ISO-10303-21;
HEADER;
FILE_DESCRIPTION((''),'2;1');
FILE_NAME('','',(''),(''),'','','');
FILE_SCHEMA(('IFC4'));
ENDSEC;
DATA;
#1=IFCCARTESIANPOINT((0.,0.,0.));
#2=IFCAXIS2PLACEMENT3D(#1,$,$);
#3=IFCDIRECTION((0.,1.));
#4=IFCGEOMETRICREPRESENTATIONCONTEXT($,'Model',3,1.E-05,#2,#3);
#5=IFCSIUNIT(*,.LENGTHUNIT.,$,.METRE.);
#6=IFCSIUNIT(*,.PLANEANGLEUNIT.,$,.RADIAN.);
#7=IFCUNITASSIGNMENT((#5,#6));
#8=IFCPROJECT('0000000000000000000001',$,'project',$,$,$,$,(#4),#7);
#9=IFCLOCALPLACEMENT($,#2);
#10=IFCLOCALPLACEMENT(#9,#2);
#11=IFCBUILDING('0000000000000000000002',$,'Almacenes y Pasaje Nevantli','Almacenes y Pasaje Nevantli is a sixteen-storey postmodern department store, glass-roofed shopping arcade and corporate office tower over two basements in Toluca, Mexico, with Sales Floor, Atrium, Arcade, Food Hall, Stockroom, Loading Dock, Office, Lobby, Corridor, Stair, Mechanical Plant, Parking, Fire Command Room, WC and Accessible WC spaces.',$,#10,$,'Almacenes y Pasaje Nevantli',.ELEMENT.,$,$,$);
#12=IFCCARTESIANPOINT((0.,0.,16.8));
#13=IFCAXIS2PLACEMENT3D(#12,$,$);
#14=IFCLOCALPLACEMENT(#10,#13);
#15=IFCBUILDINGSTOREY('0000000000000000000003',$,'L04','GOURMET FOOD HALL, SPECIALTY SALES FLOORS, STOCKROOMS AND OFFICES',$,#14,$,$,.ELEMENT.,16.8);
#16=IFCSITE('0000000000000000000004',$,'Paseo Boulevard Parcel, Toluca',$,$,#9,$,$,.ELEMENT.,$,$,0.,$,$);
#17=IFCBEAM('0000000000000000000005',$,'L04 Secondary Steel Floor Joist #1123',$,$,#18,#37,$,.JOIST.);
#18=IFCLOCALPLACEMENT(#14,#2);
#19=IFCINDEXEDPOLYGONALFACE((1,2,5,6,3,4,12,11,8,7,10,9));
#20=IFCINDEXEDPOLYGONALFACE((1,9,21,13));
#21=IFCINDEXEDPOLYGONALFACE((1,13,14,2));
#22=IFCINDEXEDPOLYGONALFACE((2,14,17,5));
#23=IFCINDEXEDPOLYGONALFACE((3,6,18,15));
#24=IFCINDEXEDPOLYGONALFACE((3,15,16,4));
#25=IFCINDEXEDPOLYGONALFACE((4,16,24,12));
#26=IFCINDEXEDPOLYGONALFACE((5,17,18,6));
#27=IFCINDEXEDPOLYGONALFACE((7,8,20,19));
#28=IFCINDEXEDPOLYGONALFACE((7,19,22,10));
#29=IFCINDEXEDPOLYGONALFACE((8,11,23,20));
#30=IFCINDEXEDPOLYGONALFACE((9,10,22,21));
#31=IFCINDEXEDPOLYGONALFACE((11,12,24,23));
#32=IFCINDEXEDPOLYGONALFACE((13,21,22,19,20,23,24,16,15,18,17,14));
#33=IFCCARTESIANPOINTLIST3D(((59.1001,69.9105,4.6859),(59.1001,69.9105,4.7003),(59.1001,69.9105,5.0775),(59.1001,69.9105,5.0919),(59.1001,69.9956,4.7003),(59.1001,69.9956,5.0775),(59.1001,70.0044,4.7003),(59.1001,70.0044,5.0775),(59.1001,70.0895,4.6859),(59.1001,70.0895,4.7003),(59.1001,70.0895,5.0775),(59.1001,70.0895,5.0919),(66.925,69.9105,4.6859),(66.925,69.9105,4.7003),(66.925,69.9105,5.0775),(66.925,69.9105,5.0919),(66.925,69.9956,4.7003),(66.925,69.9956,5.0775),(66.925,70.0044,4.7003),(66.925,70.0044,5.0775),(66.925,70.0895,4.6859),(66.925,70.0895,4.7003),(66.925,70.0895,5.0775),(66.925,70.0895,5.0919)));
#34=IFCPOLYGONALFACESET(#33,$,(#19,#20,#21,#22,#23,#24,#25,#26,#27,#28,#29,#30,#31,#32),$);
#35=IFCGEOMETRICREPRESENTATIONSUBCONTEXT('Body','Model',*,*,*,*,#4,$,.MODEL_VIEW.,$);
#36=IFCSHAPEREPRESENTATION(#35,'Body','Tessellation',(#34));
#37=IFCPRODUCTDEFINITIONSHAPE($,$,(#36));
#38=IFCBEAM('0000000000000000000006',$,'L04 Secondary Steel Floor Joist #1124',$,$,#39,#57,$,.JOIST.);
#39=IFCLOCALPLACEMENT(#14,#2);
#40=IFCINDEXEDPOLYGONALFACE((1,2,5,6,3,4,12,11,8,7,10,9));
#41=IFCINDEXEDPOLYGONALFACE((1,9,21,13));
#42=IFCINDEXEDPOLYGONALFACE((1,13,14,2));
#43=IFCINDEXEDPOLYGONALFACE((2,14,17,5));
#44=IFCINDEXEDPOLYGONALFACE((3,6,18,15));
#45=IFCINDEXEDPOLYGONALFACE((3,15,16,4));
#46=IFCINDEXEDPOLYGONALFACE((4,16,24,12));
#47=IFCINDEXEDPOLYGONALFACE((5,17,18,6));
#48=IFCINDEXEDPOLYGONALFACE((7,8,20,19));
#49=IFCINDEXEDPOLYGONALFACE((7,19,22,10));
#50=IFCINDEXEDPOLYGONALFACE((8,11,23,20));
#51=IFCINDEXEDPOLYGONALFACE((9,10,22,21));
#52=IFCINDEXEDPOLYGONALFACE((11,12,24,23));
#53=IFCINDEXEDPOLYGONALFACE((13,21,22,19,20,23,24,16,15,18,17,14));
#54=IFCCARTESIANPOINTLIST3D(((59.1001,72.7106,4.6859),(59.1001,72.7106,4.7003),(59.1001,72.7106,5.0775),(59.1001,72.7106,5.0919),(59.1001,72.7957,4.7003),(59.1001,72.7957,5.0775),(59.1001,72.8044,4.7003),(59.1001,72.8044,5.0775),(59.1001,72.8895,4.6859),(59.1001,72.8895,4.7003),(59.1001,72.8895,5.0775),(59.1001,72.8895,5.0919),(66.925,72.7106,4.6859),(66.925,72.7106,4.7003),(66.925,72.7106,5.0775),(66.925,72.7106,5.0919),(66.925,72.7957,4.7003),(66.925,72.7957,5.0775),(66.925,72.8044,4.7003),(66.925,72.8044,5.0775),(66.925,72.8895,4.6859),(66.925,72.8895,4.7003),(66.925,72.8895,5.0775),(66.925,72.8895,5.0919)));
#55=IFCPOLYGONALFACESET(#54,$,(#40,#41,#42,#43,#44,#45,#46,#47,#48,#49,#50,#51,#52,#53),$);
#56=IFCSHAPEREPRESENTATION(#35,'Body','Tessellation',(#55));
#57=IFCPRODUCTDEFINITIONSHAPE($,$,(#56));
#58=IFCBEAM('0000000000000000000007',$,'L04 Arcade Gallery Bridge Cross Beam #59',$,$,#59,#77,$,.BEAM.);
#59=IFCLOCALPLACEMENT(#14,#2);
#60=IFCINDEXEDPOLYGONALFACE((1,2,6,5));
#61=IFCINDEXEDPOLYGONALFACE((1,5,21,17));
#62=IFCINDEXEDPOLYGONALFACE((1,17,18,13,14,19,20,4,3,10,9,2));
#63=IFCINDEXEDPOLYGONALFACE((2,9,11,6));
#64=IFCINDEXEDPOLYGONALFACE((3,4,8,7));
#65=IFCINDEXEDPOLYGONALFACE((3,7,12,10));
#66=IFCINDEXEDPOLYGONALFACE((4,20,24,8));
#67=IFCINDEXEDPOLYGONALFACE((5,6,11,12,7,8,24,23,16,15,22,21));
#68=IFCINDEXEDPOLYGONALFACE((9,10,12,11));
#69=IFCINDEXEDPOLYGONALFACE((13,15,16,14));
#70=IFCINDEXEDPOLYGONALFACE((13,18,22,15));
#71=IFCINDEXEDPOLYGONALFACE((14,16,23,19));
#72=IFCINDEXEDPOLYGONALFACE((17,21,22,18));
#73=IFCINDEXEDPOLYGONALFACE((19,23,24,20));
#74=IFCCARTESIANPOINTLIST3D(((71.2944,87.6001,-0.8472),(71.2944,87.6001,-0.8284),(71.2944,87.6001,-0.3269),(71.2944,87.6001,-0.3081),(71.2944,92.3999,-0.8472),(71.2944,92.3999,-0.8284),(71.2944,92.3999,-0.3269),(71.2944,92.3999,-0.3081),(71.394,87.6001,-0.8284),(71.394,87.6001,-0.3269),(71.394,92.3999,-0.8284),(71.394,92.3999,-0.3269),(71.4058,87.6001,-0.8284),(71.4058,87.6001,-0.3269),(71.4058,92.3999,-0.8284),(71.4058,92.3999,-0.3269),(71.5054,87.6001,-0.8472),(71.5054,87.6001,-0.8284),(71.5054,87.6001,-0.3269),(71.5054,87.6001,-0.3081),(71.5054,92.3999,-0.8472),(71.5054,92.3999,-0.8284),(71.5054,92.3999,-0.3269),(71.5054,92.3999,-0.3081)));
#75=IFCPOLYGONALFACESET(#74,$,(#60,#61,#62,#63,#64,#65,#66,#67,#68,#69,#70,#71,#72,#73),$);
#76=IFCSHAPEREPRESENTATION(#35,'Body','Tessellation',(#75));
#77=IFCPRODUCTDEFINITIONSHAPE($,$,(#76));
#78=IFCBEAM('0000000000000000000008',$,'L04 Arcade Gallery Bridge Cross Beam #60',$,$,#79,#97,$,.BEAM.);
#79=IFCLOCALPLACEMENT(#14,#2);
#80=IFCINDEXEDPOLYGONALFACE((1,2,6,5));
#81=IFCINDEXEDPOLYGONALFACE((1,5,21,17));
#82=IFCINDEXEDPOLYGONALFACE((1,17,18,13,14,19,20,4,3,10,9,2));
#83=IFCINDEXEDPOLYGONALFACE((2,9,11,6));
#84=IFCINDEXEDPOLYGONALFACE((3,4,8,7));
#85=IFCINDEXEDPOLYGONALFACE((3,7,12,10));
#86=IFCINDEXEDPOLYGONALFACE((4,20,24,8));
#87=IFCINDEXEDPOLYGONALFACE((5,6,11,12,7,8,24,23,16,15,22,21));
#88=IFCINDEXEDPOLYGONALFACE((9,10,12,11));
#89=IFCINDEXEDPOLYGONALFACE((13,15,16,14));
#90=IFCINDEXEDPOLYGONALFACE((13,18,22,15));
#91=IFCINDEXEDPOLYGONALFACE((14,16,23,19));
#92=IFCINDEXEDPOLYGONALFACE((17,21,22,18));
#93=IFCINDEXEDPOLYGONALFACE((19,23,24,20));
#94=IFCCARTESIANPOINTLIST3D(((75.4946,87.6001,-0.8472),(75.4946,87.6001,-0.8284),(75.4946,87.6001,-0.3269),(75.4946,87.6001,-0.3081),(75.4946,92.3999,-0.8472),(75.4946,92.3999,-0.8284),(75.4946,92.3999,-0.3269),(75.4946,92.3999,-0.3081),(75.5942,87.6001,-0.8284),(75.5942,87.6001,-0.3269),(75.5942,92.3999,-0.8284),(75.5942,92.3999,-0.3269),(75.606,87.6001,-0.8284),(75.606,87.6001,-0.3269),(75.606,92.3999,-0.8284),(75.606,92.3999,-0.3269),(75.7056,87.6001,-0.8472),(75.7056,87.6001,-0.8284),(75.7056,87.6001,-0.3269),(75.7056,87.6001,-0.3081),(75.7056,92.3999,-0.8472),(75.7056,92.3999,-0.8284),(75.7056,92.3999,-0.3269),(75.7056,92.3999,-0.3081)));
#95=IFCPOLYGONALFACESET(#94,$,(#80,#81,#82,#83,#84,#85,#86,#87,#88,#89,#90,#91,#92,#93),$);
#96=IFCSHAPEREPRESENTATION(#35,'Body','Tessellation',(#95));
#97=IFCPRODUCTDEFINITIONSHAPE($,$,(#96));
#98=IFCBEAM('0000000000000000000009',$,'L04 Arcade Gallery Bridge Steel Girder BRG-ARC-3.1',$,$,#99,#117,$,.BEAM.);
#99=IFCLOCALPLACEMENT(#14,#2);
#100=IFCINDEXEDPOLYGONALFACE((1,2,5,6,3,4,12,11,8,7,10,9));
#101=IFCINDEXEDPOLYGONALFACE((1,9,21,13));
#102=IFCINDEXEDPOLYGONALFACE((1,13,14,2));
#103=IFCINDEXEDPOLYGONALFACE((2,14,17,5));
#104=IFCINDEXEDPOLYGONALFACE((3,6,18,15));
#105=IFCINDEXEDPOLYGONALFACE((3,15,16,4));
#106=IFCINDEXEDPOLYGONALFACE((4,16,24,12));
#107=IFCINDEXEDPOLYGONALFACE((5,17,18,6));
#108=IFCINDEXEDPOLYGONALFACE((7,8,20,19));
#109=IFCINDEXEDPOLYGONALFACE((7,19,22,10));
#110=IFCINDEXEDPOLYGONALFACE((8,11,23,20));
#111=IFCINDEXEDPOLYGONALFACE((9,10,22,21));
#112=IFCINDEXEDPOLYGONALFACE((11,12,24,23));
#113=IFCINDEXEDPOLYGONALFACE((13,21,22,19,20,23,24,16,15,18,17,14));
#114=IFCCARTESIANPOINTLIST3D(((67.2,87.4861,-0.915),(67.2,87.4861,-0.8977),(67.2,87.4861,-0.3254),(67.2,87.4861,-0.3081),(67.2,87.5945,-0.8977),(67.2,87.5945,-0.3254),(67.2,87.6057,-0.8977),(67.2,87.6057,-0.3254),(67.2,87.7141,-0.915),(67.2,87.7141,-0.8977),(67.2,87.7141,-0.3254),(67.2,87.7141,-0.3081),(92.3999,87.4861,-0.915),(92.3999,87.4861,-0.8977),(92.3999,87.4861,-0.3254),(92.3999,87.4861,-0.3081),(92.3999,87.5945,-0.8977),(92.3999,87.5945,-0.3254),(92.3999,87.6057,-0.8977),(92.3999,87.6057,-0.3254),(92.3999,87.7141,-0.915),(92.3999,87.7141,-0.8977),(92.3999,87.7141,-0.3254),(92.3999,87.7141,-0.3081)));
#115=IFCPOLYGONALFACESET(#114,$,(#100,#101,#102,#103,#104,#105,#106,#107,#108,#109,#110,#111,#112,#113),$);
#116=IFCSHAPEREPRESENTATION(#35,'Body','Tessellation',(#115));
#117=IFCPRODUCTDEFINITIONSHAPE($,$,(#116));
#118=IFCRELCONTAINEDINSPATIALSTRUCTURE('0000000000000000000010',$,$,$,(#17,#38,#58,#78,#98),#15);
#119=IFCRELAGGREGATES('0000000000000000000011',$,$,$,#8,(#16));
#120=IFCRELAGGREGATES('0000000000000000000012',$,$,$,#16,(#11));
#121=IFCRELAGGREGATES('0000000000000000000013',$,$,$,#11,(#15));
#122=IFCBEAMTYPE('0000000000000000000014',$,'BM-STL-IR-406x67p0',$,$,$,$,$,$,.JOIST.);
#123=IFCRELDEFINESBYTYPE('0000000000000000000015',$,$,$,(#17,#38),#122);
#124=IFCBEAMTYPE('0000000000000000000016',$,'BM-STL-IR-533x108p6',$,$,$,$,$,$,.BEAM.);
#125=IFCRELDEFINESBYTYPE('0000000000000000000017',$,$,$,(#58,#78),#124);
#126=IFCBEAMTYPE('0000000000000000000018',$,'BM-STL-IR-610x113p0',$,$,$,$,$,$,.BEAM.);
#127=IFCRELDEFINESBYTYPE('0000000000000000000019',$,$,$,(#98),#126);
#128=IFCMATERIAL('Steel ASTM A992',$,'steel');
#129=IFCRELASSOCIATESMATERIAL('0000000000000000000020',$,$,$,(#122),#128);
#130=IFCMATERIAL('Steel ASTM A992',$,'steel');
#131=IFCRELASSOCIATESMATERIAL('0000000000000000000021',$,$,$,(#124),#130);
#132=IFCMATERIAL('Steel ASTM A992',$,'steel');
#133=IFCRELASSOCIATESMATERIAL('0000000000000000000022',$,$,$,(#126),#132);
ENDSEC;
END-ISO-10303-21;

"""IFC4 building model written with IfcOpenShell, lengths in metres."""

from ifc_helpers import new_model, si_unit, direction, frame, origin, origin_2d, place, context, subcontext, project, spatial, i_section, extrude, material, material_profile, profile_set, type_object, element, save


model = new_model("IFC4")

# Units and contexts
model_context = context("Model", 3, precision=1e-05, world=origin(), true_north=direction((0.0, 1.0)))
body_context = subcontext(model_context, "Body", "Model", "MODEL_VIEW")
ifc_project = project(units=[si_unit("LENGTHUNIT", "METRE"), si_unit("PLANEANGLEUNIT", "RADIAN")], contexts=[model_context])

# Site, building, storey
site_placement = place(None, origin())
site = spatial("IfcSite", under=ifc_project, at=site_placement, Name="Paseo Boulevard Parcel, Toluca", CompositionType="ELEMENT", RefElevation=0.0)
building_placement = place(site_placement, origin())
building = spatial("IfcBuilding", under=site, at=building_placement, Name="Almacenes y Pasaje Nevantli", Description="Almacenes y Pasaje Nevantli is a sixteen-storey postmodern department store, glass-roofed shopping arcade and corporate office tower over two basements in Toluca, Mexico, with Sales Floor, Atrium, Arcade, Food Hall, Stockroom, Loading Dock, Office, Lobby, Corridor, Stair, Mechanical Plant, Parking, Fire Command Room, WC and Accessible WC spaces.", LongName="Almacenes y Pasaje Nevantli", CompositionType="ELEMENT")
storey_placement = place(building_placement, frame((0.0, 0.0, 16.8)))
storey = spatial("IfcBuildingStorey", under=building, at=storey_placement, Name="L04", Description="GOURMET FOOD HALL, SPECIALTY SALES FLOORS, STOCKROOMS AND OFFICES", CompositionType="ELEMENT", Elevation=16.8)

# Beams
ifc_material_1 = material(Name="Steel ASTM A992", Category="steel")
ifc_material_profile_1 = material_profile(ifc_material_1, i_section(OverallWidth=0.179, OverallDepth=0.406, WebThickness=0.0088, FlangeThickness=0.0144, at=origin_2d()), Name="IR 406x67.0")
ifc_profile_set_1 = profile_set([ifc_material_profile_1], Name="Steel ASTM A992")
beam_type_1 = type_object("IfcBeamType", Name="BM-STL-IR-406x67p0", PredefinedType="JOIST", material=ifc_profile_set_1)
for number, where, z_axis, x_axis, name in (
    (1, (59.1001, 70.0, 4.8889), (1.0, 0.0, 0.0), (0.0, 1.0, 0.0), "L04 Secondary Steel Floor Joist #1123"),
    (2, (59.1001, 72.8, 4.8889), (1.0, 0.0, 0.0), (0.0, 1.0, 0.0), "L04 Secondary Steel Floor Joist #1124"),
):
    element("IfcBeam", number, at=place(storey_placement, frame(where, z_axis=z_axis, x_axis=x_axis)), inside=storey, type_object=beam_type_1, Name=name, PredefinedType="JOIST", context=body_context, shape_type="SweptSolid", body=[
        extrude(i_section(OverallWidth=0.179, OverallDepth=0.406, WebThickness=0.0088, FlangeThickness=0.0144, at=origin_2d()), origin(), (0.0, 0.0, 1.0), 7.825),
    ])
ifc_material_2 = material(Name="Steel ASTM A992", Category="steel")
ifc_material_profile_2 = material_profile(ifc_material_2, i_section(OverallWidth=0.2109, OverallDepth=0.5391, WebThickness=0.0117, FlangeThickness=0.0188, at=origin_2d()), Name="IR 533x108.6")
ifc_profile_set_2 = profile_set([ifc_material_profile_2], Name="Steel ASTM A992")
beam_type_2 = type_object("IfcBeamType", Name="BM-STL-IR-533x108p6", PredefinedType="BEAM", material=ifc_profile_set_2)
for number, where, z_axis, x_axis, name in (
    (3, (71.3999, 87.6001, -0.5776), (0.0, 1.0, 0.0), (-1.0, 0.0, 0.0), "L04 Arcade Gallery Bridge Cross Beam #59"),
    (4, (75.6001, 87.6001, -0.5776), (0.0, 1.0, 0.0), (-1.0, 0.0, 0.0), "L04 Arcade Gallery Bridge Cross Beam #60"),
):
    element("IfcBeam", number, at=place(storey_placement, frame(where, z_axis=z_axis, x_axis=x_axis)), inside=storey, type_object=beam_type_2, Name=name, PredefinedType="BEAM", context=body_context, shape_type="SweptSolid", body=[
        extrude(i_section(OverallWidth=0.2109, OverallDepth=0.5391, WebThickness=0.0117, FlangeThickness=0.0188, at=origin_2d()), origin(), (0.0, 0.0, 1.0), 4.7998),
    ])
ifc_material_3 = material(Name="Steel ASTM A992", Category="steel")
ifc_material_profile_3 = material_profile(ifc_material_3, i_section(OverallWidth=0.228, OverallDepth=0.6069, WebThickness=0.0112, FlangeThickness=0.0173, at=origin_2d()), Name="IR 610x113.0")
ifc_profile_set_3 = profile_set([ifc_material_profile_3], Name="Steel ASTM A992")
beam_type_3 = type_object("IfcBeamType", Name="BM-STL-IR-610x113p0", PredefinedType="BEAM", material=ifc_profile_set_3)
beam_1_placement = place(storey_placement, frame((67.2, 87.6001, -0.6116), z_axis=(1.0, 0.0, 0.0), x_axis=(0.0, 1.0, 0.0)))
element("IfcBeam", 5, at=beam_1_placement, inside=storey, type_object=beam_type_3, Name="L04 Arcade Gallery Bridge Steel Girder BRG-ARC-3.1", PredefinedType="BEAM", context=body_context, shape_type="SweptSolid", body=[
    extrude(i_section(OverallWidth=0.228, OverallDepth=0.6069, WebThickness=0.0112, FlangeThickness=0.0173, at=origin_2d()), origin(), (0.0, 0.0, 1.0), 25.2),
])

save(model, "model.ifc")
